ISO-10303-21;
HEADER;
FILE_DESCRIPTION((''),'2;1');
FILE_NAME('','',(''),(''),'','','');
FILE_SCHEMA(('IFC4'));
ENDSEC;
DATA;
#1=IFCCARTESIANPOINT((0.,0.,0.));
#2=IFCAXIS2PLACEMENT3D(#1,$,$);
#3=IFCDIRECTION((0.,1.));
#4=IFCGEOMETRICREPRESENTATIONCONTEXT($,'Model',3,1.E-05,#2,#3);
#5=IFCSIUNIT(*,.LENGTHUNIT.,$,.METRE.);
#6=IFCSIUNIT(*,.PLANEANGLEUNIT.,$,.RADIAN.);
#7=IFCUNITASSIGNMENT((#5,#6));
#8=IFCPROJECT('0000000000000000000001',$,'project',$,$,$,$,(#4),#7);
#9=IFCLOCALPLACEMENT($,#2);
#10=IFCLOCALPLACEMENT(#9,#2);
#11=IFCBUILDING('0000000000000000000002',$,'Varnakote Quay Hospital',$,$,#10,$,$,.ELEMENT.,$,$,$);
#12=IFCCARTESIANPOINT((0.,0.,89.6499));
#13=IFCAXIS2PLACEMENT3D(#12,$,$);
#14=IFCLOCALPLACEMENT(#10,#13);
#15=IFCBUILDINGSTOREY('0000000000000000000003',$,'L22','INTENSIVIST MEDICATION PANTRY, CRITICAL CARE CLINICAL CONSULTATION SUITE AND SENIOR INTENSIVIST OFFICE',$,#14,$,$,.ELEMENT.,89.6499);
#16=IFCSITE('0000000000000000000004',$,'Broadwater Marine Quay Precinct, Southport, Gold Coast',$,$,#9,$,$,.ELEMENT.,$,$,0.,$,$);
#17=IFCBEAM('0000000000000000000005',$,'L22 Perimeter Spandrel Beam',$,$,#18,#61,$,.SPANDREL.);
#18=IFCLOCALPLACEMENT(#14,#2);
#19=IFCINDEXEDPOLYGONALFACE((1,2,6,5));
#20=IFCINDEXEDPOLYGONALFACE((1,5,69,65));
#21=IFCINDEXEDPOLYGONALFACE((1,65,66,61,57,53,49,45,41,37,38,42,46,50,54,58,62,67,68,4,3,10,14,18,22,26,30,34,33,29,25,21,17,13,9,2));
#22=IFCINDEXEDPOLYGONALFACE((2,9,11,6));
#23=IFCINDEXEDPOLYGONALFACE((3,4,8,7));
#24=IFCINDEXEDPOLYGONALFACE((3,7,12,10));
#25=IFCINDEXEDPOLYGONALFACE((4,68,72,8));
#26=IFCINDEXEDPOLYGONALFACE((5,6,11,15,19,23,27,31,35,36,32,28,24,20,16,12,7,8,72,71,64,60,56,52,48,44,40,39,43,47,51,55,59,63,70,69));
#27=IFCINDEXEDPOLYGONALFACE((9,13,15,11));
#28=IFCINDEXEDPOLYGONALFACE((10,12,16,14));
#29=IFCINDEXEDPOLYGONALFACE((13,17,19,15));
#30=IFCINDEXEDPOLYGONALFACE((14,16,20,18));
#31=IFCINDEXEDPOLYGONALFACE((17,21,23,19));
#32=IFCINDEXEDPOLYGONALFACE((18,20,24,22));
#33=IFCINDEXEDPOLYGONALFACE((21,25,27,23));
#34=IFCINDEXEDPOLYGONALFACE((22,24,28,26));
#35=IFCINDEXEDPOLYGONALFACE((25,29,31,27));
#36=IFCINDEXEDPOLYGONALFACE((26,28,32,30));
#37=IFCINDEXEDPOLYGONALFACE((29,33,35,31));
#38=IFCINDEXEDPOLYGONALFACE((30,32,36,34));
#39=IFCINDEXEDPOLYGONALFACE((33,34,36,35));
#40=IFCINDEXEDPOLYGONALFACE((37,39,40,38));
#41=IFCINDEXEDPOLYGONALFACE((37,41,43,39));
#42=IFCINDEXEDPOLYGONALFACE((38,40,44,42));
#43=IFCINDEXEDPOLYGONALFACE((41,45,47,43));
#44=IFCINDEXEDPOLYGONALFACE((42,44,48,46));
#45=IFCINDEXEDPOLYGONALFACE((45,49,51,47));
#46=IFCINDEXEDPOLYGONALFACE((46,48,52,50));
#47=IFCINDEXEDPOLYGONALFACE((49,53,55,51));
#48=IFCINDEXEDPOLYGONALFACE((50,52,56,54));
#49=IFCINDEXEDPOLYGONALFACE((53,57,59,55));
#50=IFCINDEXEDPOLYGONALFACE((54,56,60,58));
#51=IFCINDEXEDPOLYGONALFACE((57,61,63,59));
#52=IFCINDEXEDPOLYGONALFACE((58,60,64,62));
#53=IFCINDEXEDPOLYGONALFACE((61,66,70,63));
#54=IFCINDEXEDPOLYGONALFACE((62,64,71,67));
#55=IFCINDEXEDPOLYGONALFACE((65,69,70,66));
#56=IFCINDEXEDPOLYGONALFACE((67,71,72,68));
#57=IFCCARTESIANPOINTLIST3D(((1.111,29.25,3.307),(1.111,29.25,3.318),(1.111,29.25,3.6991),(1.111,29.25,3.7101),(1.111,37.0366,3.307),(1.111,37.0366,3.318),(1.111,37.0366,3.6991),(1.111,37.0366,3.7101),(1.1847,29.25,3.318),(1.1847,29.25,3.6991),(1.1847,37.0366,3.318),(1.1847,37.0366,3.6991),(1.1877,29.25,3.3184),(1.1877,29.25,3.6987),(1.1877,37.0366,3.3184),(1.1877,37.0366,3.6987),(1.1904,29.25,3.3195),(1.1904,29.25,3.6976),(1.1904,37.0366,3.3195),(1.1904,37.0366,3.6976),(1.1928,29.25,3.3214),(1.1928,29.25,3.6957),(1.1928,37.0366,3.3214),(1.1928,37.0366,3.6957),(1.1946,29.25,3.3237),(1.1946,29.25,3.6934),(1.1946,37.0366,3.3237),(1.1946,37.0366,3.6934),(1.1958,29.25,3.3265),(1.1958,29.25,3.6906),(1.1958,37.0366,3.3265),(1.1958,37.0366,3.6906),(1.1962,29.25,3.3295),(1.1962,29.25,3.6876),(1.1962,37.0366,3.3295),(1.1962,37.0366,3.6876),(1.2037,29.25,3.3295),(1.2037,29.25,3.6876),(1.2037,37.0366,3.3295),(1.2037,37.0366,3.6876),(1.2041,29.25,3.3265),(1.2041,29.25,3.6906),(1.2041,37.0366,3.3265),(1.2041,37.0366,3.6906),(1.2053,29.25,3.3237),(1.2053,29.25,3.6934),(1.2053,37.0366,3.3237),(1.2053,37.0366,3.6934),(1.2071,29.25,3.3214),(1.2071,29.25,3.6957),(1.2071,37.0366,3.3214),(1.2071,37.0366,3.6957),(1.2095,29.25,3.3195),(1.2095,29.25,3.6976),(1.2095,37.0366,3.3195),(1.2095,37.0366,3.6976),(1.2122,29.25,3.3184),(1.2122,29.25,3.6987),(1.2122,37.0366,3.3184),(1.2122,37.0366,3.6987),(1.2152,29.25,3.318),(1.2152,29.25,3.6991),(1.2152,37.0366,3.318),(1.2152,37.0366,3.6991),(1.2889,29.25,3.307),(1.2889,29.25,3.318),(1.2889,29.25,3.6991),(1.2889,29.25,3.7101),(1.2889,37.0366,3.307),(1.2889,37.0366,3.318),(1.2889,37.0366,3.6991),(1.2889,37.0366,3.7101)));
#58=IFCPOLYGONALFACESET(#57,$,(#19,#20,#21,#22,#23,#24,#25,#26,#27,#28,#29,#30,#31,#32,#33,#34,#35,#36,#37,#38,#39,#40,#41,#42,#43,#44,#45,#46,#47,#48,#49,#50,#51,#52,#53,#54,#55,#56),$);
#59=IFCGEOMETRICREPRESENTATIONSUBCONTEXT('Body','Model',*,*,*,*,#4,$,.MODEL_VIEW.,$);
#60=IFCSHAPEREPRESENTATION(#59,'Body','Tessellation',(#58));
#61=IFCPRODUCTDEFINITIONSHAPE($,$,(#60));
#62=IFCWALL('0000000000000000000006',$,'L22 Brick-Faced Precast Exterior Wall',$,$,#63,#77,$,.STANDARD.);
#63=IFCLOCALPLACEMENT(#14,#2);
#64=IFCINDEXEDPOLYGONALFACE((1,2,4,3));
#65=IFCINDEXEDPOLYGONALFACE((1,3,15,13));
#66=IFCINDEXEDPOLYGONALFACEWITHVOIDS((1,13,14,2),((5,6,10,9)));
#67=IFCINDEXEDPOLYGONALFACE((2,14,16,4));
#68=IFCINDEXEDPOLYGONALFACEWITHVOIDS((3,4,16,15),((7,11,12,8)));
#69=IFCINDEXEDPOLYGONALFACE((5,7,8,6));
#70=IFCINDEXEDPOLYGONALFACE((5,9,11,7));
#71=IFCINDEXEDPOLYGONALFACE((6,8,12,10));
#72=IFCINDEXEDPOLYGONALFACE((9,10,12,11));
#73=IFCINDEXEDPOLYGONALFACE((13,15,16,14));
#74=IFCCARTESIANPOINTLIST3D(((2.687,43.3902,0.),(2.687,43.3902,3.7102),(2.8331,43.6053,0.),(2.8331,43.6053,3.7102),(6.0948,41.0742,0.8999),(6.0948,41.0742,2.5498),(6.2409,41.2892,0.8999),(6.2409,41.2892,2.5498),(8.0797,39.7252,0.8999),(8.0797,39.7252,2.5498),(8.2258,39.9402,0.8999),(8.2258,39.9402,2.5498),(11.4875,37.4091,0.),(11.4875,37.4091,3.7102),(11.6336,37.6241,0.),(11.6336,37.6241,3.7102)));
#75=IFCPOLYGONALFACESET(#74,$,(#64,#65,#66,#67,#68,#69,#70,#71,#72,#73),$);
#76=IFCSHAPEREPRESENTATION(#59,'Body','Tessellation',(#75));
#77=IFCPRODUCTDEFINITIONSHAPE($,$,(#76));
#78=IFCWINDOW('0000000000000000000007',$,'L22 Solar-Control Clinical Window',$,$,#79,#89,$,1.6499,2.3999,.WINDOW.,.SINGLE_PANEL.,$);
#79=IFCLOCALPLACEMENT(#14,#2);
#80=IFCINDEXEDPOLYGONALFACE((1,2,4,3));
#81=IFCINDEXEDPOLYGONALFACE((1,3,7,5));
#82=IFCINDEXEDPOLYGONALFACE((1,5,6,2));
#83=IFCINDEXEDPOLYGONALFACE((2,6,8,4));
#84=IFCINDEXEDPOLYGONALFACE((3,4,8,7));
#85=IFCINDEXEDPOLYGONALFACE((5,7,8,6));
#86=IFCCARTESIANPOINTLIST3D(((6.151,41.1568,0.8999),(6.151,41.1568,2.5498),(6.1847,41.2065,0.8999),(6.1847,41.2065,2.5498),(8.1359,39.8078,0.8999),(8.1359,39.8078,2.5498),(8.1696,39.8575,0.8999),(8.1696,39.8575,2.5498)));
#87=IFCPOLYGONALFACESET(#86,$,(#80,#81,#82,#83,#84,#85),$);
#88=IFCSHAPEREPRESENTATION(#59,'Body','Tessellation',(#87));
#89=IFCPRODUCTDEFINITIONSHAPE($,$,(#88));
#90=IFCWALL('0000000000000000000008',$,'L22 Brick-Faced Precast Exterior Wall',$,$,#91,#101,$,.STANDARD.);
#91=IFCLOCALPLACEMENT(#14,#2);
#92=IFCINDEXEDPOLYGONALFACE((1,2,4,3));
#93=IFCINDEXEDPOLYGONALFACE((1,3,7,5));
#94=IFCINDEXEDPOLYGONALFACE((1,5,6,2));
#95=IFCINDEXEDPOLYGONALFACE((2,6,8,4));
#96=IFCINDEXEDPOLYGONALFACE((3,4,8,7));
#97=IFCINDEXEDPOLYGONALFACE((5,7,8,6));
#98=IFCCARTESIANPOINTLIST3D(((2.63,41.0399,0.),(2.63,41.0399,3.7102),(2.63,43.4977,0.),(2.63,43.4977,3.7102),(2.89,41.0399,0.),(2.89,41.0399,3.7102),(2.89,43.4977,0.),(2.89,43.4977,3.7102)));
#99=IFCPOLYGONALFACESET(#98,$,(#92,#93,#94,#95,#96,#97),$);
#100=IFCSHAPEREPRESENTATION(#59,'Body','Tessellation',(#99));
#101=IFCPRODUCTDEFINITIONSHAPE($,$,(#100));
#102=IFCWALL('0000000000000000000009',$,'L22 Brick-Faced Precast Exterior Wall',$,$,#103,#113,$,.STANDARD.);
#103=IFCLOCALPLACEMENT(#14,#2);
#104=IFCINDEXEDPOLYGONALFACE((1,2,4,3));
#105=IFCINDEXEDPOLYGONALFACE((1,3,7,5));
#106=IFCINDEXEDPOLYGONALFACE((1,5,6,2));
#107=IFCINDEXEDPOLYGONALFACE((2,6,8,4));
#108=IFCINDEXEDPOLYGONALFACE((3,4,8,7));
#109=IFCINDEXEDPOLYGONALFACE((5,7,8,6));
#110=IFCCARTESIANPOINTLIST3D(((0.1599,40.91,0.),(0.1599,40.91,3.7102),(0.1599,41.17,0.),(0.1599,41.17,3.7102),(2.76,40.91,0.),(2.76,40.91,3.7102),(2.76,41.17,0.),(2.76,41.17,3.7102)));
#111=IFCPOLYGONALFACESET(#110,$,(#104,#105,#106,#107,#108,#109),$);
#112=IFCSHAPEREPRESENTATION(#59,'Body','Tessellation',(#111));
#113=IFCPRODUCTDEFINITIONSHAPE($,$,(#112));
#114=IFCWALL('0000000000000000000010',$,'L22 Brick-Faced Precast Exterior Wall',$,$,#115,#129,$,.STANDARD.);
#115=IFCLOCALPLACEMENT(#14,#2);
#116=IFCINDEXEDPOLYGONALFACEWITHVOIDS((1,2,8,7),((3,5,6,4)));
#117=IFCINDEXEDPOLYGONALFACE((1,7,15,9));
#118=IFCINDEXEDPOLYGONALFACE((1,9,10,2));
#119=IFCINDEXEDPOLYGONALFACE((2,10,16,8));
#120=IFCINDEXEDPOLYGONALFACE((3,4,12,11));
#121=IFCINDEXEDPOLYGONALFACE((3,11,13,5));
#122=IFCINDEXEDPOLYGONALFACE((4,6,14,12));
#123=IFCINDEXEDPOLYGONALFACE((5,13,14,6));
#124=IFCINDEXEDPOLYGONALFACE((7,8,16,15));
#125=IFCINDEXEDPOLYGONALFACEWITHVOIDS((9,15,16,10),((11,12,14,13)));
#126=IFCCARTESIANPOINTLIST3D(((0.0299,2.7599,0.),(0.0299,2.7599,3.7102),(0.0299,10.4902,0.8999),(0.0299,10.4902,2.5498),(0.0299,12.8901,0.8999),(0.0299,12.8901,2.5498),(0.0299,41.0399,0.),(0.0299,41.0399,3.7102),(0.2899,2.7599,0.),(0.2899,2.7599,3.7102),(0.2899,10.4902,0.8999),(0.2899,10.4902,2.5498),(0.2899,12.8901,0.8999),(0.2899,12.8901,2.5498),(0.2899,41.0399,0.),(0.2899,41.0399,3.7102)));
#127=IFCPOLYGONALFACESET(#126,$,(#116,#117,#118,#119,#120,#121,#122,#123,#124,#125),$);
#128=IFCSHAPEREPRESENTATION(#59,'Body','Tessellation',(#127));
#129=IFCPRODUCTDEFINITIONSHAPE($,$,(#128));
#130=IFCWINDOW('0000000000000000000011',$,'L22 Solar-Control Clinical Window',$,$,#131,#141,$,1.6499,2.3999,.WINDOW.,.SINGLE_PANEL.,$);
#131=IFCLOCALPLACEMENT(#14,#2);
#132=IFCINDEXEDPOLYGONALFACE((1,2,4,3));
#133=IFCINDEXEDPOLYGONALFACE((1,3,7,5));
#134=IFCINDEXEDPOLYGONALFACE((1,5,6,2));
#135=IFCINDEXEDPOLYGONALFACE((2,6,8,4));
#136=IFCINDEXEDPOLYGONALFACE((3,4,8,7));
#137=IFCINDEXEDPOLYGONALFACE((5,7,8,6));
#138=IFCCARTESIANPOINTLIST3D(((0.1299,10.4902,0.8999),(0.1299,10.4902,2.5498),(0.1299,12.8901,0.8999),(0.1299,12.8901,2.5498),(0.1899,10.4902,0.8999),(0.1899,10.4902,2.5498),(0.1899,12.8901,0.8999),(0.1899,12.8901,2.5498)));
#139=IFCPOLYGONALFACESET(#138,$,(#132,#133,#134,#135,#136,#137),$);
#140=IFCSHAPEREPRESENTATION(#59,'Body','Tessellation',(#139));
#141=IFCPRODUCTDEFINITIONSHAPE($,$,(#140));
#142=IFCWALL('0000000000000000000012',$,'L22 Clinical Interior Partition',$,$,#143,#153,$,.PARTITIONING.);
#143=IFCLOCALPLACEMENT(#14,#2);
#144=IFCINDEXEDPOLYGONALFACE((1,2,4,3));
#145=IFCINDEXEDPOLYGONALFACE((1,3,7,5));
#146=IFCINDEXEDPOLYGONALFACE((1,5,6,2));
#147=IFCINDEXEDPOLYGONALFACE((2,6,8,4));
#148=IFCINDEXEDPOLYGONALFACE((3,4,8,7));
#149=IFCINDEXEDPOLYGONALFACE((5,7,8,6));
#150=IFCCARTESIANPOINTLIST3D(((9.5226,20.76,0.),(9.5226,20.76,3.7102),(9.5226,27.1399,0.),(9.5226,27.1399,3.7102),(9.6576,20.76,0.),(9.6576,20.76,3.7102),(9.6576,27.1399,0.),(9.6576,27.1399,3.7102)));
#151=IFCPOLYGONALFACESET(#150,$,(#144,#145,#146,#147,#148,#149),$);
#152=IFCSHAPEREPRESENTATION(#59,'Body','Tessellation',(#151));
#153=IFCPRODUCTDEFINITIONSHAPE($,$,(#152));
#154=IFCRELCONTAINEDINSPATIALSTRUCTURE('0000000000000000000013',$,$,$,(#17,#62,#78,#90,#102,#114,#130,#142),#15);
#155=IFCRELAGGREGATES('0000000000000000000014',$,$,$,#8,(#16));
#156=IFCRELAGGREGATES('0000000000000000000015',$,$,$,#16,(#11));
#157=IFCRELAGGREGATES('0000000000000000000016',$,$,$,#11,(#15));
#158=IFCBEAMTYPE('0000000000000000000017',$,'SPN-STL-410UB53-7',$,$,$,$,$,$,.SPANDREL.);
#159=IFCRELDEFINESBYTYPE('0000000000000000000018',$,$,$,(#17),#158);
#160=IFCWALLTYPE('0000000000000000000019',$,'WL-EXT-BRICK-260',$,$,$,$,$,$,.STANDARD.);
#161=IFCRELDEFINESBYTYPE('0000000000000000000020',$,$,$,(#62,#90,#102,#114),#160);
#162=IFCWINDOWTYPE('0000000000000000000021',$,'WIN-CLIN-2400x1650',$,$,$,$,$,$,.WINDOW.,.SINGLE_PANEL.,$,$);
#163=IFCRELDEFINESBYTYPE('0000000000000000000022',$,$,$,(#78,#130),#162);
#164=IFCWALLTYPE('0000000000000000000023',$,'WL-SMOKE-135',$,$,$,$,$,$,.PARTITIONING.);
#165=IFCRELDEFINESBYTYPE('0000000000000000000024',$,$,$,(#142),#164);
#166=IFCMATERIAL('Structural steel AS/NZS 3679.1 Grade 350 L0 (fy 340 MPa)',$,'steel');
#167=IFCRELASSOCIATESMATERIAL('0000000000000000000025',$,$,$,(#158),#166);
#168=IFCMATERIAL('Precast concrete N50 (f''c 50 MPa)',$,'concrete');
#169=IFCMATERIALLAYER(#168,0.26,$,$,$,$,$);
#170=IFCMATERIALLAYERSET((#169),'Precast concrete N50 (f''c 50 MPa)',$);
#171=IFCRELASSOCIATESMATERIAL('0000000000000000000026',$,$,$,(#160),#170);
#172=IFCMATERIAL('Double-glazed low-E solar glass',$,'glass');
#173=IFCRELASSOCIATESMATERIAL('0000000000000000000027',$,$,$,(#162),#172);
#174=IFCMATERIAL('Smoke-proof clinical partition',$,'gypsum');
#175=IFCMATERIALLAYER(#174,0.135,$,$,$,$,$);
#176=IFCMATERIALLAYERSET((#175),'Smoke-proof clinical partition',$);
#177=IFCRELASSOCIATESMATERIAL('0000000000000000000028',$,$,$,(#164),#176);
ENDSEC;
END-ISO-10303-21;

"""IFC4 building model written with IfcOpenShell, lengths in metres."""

from ifc_helpers import new_model, si_unit, direction, frame, frame_2d, origin, origin_2d, place, context, subcontext, project, spatial, rectangle, i_section, extrude, material, layer, layer_set, material_profile, profile_set, type_object, element, fill, save


model = new_model("IFC4")

# Units and contexts
model_context = context("Model", 3, precision=1e-05, world=origin(), true_north=direction((0.0, 1.0)))
body_context = subcontext(model_context, "Body", "Model", "MODEL_VIEW")
ifc_project = project(units=[si_unit("LENGTHUNIT", "METRE"), si_unit("PLANEANGLEUNIT", "RADIAN")], contexts=[model_context])

# Site, building, storey
site_placement = place(None, origin())
site = spatial("IfcSite", under=ifc_project, at=site_placement, Name="Broadwater Marine Quay Precinct, Southport, Gold Coast", CompositionType="ELEMENT", RefElevation=0.0)
building_placement = place(site_placement, origin())
building = spatial("IfcBuilding", under=site, at=building_placement, Name="Varnakote Quay Hospital", CompositionType="ELEMENT")
storey_placement = place(building_placement, frame((0.0, 0.0, 89.6499)))
storey = spatial("IfcBuildingStorey", under=building, at=storey_placement, Name="L22", Description="INTENSIVIST MEDICATION PANTRY, CRITICAL CARE CLINICAL CONSULTATION SUITE AND SENIOR INTENSIVIST OFFICE", CompositionType="ELEMENT", Elevation=89.6499)

# Beam
ifc_material_1 = material(Name="Structural steel AS/NZS 3679.1 Grade 350 L0 (fy 340 MPa)", Category="steel")
ifc_material_profile_1 = material_profile(ifc_material_1, i_section(OverallWidth=0.178, OverallDepth=0.4031, WebThickness=0.0076, FlangeThickness=0.011, FilletRadius=0.0115, at=origin_2d()), Name="410UB53.7")
ifc_profile_set_1 = profile_set([ifc_material_profile_1], Name="Structural steel AS/NZS 3679.1 Grade 350 L0 (fy 340 MPa)")
beam_type_1 = type_object("IfcBeamType", Name="SPN-STL-410UB53-7", PredefinedType="SPANDREL", material=ifc_profile_set_1)
beam_1_placement = place(storey_placement, frame((1.2, 29.25, 3.5085), z_axis=(0.0, 1.0, 0.0), x_axis=(-1.0, 0.0, 0.0)))
element("IfcBeam", 1, at=beam_1_placement, inside=storey, type_object=beam_type_1, Name="L22 Perimeter Spandrel Beam", PredefinedType="SPANDREL", context=body_context, shape_type="SweptSolid", body=[
    extrude(i_section(OverallWidth=0.178, OverallDepth=0.4031, WebThickness=0.0076, FlangeThickness=0.011, FilletRadius=0.0115, at=origin_2d()), origin(), (0.0, 0.0, 1.0), 7.7866),
])

# Wall, opening, window
ifc_material_2 = material(Name="Precast concrete N50 (f'c 50 MPa)", Category="concrete")
ifc_layer_1 = layer(ifc_material_2, 0.26)
ifc_layer_set_1 = layer_set([ifc_layer_1], Name="Precast concrete N50 (f'c 50 MPa)")
wall_type_1 = type_object("IfcWallType", Name="WL-EXT-BRICK-260", PredefinedType="STANDARD", material=ifc_layer_set_1)
wall_1_placement = place(storey_placement, frame((11.5605, 37.5166, 0.0), z_axis=(0.0, 0.0, 1.0), x_axis=(-0.827065, 0.562107, 0.0)))
wall_1 = element("IfcWall", 2, at=wall_1_placement, inside=storey, type_object=wall_type_1, Name="L22 Brick-Faced Precast Exterior Wall", PredefinedType="STANDARD", context=body_context, shape_type="SweptSolid", body=[
    extrude(rectangle(XDim=10.6406, YDim=0.26, at=frame_2d((5.3203, 0.0))), origin(), (0.0, 0.0, 1.0), 3.7102),
])
opening_1_placement = place(wall_1_placement, frame((4.1204, 0.0, 0.8999)))
opening_1 = element("IfcOpeningElement", 3, at=opening_1_placement, cuts=wall_1, PredefinedType="OPENING", context=body_context, shape_type="SweptSolid", body=[
    extrude(rectangle(XDim=2.3999, YDim=1.6499, at=frame_2d((1.2, 0.825))), frame((0.0, 0.1399, 0.0), z_axis=(0.0, -1.0, 0.0), x_axis=(1.0, 0.0, 0.0)), (0.0, 0.0, 1.0), 0.28),
])
ifc_material_3 = material(Name="Double-glazed low-E solar glass", Category="glass")
window_type = type_object("IfcWindowType", Name="WIN-CLIN-2400x1650", PartitioningType="SINGLE_PANEL", PredefinedType="WINDOW", material=ifc_material_3)
window_1_placement = place(opening_1_placement, origin())
window_1 = element("IfcWindow", 4, at=window_1_placement, inside=storey, type_object=window_type, Name="L22 Solar-Control Clinical Window", OverallHeight=1.6499, OverallWidth=2.3999, PartitioningType="SINGLE_PANEL", PredefinedType="WINDOW", context=body_context, shape_type="SweptSolid", body=[
    extrude(rectangle(XDim=2.3999, YDim=1.6499, at=frame_2d((1.2, 0.825))), frame((0.0, 0.03, 0.0), z_axis=(0.0, -1.0, 0.0), x_axis=(1.0, 0.0, 0.0)), (0.0, 0.0, 1.0), 0.0601),
])
fill(opening_1, window_1)

# Walls
wall_2_placement = place(storey_placement, frame((2.76, 43.4978, 0.0), z_axis=(0.0, 0.0, 1.0), x_axis=(0.0, -1.0, 0.0)))
element("IfcWall", 5, at=wall_2_placement, inside=storey, type_object=wall_type_1, Name="L22 Brick-Faced Precast Exterior Wall", PredefinedType="STANDARD", context=body_context, shape_type="SweptSolid", body=[
    extrude(rectangle(XDim=2.4578, YDim=0.26, at=frame_2d((1.229, 0.0))), origin(), (0.0, 0.0, 1.0), 3.7102),
])
wall_3_placement = place(storey_placement, frame((2.76, 41.04, 0.0), z_axis=(0.0, 0.0, 1.0), x_axis=(-1.0, 0.0, 0.0)))
element("IfcWall", 6, at=wall_3_placement, inside=storey, type_object=wall_type_1, Name="L22 Brick-Faced Precast Exterior Wall", PredefinedType="STANDARD", context=body_context, shape_type="SweptSolid", body=[
    extrude(rectangle(XDim=2.6001, YDim=0.26, at=frame_2d((1.3, 0.0))), origin(), (0.0, 0.0, 1.0), 3.7102),
])

# Wall, opening, window
wall_4_placement = place(storey_placement, frame((0.1599, 41.04, 0.0), z_axis=(0.0, 0.0, 1.0), x_axis=(0.0, -1.0, 0.0)))
wall_4 = element("IfcWall", 7, at=wall_4_placement, inside=storey, type_object=wall_type_1, Name="L22 Brick-Faced Precast Exterior Wall", PredefinedType="STANDARD", context=body_context, shape_type="SweptSolid", body=[
    extrude(rectangle(XDim=38.28, YDim=0.26, at=frame_2d((19.1401, 0.0))), origin(), (0.0, 0.0, 1.0), 3.7102),
])
opening_2_placement = place(wall_4_placement, frame((28.1499, 0.0, 0.8999)))
opening_2 = element("IfcOpeningElement", 8, at=opening_2_placement, cuts=wall_4, PredefinedType="OPENING", context=body_context, shape_type="SweptSolid", body=[
    extrude(rectangle(XDim=2.3999, YDim=1.6499, at=frame_2d((1.2, 0.825))), frame((0.0, 0.1399, 0.0), z_axis=(0.0, -1.0, 0.0), x_axis=(1.0, 0.0, 0.0)), (0.0, 0.0, 1.0), 0.28),
])
window_2_placement = place(opening_2_placement, origin())
window_2 = element("IfcWindow", 9, at=window_2_placement, inside=storey, type_object=window_type, Name="L22 Solar-Control Clinical Window", OverallHeight=1.6499, OverallWidth=2.3999, PartitioningType="SINGLE_PANEL", PredefinedType="WINDOW", context=body_context, shape_type="SweptSolid", body=[
    extrude(rectangle(XDim=2.3999, YDim=1.6499, at=frame_2d((1.2, 0.825))), frame((0.0, 0.03, 0.0), z_axis=(0.0, -1.0, 0.0), x_axis=(1.0, 0.0, 0.0)), (0.0, 0.0, 1.0), 0.0601),
])
fill(opening_2, window_2)

# Wall
ifc_material_4 = material(Name="Smoke-proof clinical partition", Category="gypsum")
ifc_layer_2 = layer(ifc_material_4, 0.135)
ifc_layer_set_2 = layer_set([ifc_layer_2], Name="Smoke-proof clinical partition")
wall_type_2 = type_object("IfcWallType", Name="WL-SMOKE-135", PredefinedType="PARTITIONING", material=ifc_layer_set_2)
wall_5_placement = place(storey_placement, frame((9.5901, 20.76, 0.0), z_axis=(0.0, 0.0, 1.0), x_axis=(0.0, 1.0, 0.0)))
element("IfcWall", 10, at=wall_5_placement, inside=storey, type_object=wall_type_2, Name="L22 Clinical Interior Partition", PredefinedType="PARTITIONING", context=body_context, shape_type="SweptSolid", body=[
    extrude(rectangle(XDim=6.3799, YDim=0.135, at=frame_2d((3.1899, 0.0))), origin(), (0.0, 0.0, 1.0), 3.7102),
])

save(model, "model.ifc")
